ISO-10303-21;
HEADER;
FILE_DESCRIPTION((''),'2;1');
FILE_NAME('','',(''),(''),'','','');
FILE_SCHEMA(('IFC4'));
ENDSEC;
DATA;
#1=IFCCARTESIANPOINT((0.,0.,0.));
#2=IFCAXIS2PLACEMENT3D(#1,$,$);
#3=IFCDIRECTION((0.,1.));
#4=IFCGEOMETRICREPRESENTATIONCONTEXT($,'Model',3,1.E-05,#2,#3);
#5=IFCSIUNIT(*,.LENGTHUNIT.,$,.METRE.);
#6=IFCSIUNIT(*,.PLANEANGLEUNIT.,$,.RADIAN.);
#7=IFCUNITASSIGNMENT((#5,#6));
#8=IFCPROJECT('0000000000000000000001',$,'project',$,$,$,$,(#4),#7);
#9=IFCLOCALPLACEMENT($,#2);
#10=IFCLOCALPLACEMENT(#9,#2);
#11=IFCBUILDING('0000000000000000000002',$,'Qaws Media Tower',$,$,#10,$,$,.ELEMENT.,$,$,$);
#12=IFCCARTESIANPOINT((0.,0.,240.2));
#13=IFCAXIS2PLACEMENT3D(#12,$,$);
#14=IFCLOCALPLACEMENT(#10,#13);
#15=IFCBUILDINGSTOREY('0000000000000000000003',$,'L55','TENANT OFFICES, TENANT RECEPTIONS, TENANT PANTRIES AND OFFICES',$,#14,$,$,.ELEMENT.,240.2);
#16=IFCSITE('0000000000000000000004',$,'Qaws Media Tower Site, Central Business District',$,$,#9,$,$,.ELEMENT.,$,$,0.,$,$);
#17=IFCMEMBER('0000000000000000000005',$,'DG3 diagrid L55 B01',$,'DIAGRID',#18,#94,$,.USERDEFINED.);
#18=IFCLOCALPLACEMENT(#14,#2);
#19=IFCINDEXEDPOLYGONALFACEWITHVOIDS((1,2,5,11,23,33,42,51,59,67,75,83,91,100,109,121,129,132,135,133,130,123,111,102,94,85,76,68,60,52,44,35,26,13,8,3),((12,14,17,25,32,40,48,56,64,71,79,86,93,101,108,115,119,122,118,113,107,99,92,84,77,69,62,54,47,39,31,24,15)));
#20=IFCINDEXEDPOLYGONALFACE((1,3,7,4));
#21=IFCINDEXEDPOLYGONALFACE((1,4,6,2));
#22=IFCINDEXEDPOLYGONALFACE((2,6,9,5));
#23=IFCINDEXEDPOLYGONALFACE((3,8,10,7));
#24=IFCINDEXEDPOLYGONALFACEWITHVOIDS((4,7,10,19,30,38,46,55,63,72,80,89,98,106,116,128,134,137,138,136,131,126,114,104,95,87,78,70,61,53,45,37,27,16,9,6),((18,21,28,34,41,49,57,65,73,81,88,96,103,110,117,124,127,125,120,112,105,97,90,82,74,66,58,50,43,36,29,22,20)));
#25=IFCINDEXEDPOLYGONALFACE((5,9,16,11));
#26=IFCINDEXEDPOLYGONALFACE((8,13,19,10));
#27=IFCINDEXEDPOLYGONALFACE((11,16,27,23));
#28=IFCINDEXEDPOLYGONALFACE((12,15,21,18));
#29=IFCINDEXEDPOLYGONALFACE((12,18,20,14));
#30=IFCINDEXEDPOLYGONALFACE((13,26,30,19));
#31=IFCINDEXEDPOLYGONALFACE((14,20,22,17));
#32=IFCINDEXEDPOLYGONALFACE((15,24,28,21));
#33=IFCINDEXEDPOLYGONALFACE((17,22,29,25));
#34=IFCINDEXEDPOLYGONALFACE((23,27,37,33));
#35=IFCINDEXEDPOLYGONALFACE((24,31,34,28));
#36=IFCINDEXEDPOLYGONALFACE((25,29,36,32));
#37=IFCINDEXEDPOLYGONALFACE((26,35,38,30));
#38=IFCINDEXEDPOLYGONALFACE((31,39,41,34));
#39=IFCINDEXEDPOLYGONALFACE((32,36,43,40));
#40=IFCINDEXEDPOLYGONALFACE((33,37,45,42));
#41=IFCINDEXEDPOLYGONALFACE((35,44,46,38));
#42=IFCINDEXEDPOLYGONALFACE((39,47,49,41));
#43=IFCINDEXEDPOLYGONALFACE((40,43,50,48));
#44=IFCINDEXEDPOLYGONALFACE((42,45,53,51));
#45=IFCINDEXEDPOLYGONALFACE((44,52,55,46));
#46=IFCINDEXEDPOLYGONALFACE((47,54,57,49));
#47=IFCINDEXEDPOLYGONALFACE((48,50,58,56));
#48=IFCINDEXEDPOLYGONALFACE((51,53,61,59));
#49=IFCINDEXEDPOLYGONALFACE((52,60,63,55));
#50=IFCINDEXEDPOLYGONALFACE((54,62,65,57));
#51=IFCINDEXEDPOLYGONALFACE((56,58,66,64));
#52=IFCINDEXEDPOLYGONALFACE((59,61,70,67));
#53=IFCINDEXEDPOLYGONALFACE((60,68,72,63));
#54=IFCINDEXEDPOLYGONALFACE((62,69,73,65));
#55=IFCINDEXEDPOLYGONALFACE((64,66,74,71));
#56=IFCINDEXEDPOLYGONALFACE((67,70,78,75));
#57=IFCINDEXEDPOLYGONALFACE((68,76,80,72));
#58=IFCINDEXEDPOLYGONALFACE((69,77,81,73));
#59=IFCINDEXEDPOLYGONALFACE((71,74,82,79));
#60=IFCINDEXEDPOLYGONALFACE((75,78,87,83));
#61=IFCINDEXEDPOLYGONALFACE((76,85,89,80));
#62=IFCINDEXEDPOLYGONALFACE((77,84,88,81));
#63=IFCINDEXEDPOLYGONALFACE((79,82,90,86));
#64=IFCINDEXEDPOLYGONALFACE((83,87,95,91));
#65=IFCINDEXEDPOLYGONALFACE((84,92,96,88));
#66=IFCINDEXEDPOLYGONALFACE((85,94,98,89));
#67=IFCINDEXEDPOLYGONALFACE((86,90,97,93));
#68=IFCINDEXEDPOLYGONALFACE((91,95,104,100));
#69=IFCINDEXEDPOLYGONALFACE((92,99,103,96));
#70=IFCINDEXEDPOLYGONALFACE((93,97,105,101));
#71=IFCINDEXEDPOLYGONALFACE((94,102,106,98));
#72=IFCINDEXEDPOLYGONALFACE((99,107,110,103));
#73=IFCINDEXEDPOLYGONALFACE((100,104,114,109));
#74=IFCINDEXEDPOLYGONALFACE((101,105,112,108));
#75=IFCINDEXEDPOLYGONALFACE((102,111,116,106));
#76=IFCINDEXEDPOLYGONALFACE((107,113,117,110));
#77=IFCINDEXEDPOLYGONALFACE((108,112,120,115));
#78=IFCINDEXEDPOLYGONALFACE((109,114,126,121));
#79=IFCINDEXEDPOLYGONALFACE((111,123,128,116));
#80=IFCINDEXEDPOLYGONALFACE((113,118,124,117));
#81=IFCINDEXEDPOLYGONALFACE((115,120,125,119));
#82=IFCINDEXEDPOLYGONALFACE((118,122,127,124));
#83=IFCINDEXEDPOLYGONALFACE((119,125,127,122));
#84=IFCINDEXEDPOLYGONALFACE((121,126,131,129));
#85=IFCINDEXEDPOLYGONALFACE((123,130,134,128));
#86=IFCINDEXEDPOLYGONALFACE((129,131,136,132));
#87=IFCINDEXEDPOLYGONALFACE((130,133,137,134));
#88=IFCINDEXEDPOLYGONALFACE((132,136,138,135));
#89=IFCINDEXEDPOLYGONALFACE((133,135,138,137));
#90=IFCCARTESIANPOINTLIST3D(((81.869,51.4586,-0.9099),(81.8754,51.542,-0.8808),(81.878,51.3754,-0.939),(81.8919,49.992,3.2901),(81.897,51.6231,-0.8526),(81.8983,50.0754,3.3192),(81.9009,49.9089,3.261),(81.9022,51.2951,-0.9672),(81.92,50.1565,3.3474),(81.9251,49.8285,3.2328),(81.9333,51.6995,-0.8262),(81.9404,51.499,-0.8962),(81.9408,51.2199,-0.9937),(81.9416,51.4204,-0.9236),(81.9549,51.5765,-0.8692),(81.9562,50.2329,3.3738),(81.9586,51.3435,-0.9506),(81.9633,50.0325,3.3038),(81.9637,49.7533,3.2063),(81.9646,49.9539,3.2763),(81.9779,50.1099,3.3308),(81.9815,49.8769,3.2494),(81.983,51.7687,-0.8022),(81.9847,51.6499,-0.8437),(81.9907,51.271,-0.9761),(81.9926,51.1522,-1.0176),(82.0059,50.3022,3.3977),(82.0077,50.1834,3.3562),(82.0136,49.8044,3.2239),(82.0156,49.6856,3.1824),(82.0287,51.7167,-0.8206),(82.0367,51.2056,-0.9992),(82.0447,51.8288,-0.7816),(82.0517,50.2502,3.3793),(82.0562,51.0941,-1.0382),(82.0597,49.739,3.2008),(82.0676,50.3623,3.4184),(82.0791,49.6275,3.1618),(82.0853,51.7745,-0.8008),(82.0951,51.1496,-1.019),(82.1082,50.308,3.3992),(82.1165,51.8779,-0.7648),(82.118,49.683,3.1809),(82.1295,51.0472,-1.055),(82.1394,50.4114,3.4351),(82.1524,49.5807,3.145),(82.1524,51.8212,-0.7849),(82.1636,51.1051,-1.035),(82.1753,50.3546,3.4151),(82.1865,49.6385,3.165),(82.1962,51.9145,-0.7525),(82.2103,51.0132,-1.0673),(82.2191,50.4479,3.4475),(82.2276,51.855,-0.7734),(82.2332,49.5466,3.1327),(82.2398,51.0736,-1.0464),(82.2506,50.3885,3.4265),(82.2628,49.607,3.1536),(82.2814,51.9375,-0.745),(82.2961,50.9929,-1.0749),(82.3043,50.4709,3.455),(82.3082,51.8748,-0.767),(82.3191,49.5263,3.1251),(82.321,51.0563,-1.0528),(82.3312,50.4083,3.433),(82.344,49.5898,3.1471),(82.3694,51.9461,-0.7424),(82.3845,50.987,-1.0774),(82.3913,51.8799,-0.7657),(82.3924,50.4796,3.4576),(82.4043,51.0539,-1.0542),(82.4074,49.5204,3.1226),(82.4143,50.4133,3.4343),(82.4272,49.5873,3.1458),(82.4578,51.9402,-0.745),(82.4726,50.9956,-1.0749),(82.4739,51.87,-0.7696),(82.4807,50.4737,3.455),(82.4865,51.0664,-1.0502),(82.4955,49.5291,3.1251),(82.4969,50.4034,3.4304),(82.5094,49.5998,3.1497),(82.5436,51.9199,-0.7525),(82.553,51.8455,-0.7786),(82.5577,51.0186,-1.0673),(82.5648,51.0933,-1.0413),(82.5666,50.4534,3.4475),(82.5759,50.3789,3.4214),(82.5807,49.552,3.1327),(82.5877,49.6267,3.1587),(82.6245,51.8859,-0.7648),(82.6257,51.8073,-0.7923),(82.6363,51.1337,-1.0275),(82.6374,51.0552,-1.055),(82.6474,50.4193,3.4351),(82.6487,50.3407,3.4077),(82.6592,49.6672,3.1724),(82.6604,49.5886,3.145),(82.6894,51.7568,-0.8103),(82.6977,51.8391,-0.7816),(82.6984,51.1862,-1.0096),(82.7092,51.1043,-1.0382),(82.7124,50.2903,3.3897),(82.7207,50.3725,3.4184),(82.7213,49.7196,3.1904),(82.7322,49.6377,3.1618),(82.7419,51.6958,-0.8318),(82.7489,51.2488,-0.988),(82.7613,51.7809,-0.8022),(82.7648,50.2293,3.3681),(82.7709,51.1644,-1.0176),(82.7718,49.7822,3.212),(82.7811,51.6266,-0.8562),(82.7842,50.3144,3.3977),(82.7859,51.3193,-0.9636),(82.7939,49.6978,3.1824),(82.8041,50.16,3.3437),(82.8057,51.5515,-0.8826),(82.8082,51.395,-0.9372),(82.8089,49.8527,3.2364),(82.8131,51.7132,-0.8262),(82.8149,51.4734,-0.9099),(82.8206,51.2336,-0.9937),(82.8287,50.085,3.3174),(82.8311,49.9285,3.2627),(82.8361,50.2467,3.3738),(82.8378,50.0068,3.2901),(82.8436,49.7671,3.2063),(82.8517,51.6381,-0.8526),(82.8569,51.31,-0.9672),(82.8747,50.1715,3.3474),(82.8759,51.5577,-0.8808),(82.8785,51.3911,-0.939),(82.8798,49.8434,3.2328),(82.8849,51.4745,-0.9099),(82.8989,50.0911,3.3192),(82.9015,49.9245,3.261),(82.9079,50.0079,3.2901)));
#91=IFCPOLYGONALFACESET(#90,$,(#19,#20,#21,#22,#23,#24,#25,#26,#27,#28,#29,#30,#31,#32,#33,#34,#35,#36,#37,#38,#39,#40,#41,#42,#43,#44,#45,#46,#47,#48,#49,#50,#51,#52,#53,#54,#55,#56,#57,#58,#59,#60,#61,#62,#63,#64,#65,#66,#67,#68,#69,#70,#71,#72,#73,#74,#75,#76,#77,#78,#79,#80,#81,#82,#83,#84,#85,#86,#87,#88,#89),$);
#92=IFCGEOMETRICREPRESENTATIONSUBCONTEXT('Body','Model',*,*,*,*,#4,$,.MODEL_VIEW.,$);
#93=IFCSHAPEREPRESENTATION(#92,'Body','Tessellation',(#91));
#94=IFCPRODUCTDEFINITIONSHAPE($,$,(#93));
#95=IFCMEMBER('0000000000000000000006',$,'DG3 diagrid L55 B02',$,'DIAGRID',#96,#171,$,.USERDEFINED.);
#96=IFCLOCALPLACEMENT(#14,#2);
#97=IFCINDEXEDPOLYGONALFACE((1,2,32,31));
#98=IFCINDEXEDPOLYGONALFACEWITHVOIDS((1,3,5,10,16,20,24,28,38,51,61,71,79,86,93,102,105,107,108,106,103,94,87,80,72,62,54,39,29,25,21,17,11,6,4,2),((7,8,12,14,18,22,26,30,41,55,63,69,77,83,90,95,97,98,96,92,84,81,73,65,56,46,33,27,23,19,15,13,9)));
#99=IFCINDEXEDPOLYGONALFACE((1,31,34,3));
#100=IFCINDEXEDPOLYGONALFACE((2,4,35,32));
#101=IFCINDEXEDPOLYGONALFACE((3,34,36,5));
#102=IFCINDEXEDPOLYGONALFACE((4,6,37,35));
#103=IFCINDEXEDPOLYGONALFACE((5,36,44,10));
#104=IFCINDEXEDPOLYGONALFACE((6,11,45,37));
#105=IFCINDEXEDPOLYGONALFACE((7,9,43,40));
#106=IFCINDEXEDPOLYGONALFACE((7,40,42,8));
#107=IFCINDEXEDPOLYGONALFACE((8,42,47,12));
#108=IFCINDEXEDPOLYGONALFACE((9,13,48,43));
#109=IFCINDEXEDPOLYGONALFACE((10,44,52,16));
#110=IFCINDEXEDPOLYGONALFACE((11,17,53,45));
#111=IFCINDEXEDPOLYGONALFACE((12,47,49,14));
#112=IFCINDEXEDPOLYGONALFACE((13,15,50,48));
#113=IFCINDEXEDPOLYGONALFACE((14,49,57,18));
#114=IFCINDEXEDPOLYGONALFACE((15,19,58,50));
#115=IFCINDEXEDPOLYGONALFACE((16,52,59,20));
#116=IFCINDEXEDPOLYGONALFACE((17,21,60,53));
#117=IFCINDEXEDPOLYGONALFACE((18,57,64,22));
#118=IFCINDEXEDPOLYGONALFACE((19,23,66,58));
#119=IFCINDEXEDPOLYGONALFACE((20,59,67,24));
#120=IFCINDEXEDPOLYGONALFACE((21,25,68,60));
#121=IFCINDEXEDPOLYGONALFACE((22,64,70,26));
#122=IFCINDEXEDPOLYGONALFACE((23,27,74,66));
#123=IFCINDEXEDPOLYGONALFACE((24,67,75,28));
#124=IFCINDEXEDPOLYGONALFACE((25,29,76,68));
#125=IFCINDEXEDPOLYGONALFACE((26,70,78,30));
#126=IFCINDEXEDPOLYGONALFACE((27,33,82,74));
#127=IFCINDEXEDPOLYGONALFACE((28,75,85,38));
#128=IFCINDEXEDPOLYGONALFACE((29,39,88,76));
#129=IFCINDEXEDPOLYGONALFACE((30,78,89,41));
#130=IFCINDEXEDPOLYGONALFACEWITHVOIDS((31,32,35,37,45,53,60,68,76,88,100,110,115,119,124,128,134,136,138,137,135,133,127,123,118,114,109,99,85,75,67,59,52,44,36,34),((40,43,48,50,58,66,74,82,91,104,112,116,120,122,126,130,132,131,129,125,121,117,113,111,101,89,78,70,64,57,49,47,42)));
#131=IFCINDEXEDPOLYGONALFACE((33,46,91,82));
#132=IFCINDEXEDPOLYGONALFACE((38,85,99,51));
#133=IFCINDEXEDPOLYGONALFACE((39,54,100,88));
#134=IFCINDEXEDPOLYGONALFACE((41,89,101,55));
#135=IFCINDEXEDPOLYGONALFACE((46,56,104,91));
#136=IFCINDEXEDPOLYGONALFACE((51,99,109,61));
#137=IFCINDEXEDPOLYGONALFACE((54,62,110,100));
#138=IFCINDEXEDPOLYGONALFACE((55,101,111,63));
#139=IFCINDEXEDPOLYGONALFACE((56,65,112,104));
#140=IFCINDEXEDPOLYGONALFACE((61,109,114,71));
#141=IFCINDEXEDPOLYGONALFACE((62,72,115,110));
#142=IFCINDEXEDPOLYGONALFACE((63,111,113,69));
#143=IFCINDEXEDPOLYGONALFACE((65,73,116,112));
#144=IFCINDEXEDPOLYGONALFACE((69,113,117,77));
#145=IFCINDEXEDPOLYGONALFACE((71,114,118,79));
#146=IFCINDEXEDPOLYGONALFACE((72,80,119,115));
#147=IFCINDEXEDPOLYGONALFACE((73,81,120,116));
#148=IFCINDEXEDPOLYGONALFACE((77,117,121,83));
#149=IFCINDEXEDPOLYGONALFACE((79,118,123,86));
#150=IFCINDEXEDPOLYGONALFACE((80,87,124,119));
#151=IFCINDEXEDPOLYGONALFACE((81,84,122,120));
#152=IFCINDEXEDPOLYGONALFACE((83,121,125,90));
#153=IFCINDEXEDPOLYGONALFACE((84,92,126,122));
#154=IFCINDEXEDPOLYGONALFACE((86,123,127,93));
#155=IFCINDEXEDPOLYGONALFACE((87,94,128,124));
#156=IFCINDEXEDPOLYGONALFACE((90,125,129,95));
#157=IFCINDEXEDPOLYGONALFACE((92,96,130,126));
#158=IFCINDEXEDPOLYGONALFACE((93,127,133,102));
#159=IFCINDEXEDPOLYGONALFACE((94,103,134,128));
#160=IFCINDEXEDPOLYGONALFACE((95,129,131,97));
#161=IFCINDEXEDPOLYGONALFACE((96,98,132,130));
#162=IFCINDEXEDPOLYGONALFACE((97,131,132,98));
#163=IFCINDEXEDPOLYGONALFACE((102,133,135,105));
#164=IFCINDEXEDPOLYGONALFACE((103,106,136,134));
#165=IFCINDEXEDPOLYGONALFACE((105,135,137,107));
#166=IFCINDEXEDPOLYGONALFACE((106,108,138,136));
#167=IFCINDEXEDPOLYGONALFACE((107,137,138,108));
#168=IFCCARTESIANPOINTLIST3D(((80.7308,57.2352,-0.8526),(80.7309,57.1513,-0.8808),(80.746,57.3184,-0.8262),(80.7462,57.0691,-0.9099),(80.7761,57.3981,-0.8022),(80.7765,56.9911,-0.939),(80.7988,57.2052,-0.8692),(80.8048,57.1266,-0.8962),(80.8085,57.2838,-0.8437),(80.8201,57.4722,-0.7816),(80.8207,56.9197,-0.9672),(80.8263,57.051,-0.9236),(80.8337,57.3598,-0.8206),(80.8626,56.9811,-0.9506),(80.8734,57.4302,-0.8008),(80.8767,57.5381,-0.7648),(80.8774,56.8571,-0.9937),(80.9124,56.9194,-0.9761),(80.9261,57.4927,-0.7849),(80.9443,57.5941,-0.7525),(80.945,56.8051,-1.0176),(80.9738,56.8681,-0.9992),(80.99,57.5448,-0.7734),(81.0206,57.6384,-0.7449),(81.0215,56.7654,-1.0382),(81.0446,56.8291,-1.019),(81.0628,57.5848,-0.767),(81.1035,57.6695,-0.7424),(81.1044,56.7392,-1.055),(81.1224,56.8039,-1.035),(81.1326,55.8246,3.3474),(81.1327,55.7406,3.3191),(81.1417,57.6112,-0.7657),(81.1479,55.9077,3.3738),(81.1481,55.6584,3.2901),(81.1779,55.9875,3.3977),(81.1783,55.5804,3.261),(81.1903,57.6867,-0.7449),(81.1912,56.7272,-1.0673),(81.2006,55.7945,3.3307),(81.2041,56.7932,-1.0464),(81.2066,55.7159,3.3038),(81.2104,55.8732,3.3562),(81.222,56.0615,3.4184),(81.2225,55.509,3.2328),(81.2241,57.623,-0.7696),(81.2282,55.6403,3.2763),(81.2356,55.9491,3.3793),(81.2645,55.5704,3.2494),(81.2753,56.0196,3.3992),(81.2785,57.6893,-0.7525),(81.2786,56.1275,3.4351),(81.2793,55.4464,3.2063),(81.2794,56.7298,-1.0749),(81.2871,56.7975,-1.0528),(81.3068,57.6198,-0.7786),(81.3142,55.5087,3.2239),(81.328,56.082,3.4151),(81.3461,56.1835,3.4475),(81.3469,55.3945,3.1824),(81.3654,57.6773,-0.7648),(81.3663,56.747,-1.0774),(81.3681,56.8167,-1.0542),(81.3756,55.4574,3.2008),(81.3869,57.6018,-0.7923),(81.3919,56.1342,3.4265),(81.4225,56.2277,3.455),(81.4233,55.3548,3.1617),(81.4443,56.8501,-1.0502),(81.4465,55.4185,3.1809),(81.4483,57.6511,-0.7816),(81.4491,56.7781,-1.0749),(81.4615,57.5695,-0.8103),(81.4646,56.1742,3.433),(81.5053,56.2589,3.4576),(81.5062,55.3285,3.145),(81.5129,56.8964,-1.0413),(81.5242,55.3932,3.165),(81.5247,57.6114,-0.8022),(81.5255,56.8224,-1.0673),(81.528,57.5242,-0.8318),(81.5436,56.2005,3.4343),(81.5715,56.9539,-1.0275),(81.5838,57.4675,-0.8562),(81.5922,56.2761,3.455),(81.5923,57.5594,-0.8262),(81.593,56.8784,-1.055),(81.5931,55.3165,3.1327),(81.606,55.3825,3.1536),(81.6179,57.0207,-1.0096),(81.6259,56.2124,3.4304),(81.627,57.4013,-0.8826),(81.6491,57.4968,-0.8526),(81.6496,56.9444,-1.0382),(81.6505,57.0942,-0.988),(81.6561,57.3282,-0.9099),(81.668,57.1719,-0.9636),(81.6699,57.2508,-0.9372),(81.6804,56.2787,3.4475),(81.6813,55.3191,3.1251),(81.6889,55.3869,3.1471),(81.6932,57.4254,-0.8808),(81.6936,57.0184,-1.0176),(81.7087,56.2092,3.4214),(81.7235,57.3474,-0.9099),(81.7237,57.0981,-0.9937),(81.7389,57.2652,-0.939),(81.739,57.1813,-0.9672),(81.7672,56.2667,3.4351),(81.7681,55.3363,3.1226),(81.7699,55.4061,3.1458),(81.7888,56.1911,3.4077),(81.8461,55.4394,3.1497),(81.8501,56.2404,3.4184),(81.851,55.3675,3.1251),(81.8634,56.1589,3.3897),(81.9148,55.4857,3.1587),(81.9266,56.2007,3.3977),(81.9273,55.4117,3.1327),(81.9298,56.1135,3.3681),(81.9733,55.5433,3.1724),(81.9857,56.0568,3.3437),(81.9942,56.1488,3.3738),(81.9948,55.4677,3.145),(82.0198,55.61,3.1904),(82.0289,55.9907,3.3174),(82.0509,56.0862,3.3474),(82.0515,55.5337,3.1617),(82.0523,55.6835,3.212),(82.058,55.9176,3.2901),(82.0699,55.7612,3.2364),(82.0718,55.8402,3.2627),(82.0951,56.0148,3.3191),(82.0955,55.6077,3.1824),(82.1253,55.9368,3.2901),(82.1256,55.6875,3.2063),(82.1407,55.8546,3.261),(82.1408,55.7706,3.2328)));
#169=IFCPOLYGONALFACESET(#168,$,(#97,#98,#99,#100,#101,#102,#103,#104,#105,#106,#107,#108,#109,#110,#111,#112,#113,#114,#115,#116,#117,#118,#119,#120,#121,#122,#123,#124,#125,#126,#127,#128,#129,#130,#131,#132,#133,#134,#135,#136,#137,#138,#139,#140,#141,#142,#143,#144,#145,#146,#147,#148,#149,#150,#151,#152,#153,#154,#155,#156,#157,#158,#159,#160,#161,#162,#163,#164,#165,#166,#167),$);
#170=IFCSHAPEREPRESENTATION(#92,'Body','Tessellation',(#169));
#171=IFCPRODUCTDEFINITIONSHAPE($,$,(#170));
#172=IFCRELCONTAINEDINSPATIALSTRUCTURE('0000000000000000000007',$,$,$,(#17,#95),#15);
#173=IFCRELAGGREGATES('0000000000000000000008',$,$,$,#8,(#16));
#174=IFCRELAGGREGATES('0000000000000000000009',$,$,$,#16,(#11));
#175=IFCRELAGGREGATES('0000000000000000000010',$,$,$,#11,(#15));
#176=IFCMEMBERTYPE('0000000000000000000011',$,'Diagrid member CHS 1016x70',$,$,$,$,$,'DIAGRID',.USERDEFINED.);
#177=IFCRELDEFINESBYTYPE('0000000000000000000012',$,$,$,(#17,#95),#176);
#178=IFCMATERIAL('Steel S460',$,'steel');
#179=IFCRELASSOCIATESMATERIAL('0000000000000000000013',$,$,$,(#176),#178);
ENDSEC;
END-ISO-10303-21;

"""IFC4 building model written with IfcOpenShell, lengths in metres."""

from ifc_helpers import new_model, si_unit, direction, frame, origin, origin_2d, place, context, subcontext, project, spatial, hollow_circle, extrude, material, material_profile, profile_set, type_object, element, save


model = new_model("IFC4")

# Units and contexts
model_context = context("Model", 3, precision=1e-05, world=origin(), true_north=direction((0.0, 1.0)))
body_context = subcontext(model_context, "Body", "Model", "MODEL_VIEW")
ifc_project = project(units=[si_unit("LENGTHUNIT", "METRE"), si_unit("PLANEANGLEUNIT", "RADIAN")], contexts=[model_context])

# Site, building, storey
site_placement = place(None, origin())
site = spatial("IfcSite", under=ifc_project, at=site_placement, Name="Qaws Media Tower Site, Central Business District", CompositionType="ELEMENT", RefElevation=0.0)
building_placement = place(site_placement, origin())
building = spatial("IfcBuilding", under=site, at=building_placement, Name="Qaws Media Tower", CompositionType="ELEMENT")
storey_placement = place(building_placement, frame((0.0, 0.0, 240.2)))
storey = spatial("IfcBuildingStorey", under=building, at=storey_placement, Name="L55", Description="TENANT OFFICES, TENANT RECEPTIONS, TENANT PANTRIES AND OFFICES", CompositionType="ELEMENT", Elevation=240.2)

# Members
ifc_material_1 = material(Name="Steel S460", Category="steel")
ifc_material_profile_1 = material_profile(ifc_material_1, hollow_circle(Radius=0.5081, WallThickness=0.0701, at=origin_2d()), Name="CHS 1016x70")
ifc_profile_set_1 = profile_set([ifc_material_profile_1], Name="Steel S460")
member_type_1 = type_object("IfcMemberType", Name="Diagrid member CHS 1016x70", ElementType="DIAGRID", PredefinedType="USERDEFINED", material=ifc_profile_set_1)
for number, where, z_axis, x_axis, name in (
    (1, (82.377, 51.4666, -0.9099), (0.005159, -0.329659, 0.944086), (0.999878, 0.015646, 0.0), "DG3 diagrid L55 B01"),
    (2, (81.2349, 57.2083, -0.9099), (0.090331, -0.317091, 0.944084), (0.961737, 0.273974, 0.0), "DG3 diagrid L55 B02"),
):
    element("IfcMember", number, at=place(storey_placement, frame(where, z_axis=z_axis, x_axis=x_axis)), inside=storey, type_object=member_type_1, Name=name, ObjectType="DIAGRID", PredefinedType="USERDEFINED", context=body_context, shape_type="SweptSolid", body=[
        extrude(hollow_circle(Radius=0.5081, WallThickness=0.0701, at=origin_2d()), origin(), (0.0, 0.0, 1.0), 4.4487),
    ])

save(model, "model.ifc")
